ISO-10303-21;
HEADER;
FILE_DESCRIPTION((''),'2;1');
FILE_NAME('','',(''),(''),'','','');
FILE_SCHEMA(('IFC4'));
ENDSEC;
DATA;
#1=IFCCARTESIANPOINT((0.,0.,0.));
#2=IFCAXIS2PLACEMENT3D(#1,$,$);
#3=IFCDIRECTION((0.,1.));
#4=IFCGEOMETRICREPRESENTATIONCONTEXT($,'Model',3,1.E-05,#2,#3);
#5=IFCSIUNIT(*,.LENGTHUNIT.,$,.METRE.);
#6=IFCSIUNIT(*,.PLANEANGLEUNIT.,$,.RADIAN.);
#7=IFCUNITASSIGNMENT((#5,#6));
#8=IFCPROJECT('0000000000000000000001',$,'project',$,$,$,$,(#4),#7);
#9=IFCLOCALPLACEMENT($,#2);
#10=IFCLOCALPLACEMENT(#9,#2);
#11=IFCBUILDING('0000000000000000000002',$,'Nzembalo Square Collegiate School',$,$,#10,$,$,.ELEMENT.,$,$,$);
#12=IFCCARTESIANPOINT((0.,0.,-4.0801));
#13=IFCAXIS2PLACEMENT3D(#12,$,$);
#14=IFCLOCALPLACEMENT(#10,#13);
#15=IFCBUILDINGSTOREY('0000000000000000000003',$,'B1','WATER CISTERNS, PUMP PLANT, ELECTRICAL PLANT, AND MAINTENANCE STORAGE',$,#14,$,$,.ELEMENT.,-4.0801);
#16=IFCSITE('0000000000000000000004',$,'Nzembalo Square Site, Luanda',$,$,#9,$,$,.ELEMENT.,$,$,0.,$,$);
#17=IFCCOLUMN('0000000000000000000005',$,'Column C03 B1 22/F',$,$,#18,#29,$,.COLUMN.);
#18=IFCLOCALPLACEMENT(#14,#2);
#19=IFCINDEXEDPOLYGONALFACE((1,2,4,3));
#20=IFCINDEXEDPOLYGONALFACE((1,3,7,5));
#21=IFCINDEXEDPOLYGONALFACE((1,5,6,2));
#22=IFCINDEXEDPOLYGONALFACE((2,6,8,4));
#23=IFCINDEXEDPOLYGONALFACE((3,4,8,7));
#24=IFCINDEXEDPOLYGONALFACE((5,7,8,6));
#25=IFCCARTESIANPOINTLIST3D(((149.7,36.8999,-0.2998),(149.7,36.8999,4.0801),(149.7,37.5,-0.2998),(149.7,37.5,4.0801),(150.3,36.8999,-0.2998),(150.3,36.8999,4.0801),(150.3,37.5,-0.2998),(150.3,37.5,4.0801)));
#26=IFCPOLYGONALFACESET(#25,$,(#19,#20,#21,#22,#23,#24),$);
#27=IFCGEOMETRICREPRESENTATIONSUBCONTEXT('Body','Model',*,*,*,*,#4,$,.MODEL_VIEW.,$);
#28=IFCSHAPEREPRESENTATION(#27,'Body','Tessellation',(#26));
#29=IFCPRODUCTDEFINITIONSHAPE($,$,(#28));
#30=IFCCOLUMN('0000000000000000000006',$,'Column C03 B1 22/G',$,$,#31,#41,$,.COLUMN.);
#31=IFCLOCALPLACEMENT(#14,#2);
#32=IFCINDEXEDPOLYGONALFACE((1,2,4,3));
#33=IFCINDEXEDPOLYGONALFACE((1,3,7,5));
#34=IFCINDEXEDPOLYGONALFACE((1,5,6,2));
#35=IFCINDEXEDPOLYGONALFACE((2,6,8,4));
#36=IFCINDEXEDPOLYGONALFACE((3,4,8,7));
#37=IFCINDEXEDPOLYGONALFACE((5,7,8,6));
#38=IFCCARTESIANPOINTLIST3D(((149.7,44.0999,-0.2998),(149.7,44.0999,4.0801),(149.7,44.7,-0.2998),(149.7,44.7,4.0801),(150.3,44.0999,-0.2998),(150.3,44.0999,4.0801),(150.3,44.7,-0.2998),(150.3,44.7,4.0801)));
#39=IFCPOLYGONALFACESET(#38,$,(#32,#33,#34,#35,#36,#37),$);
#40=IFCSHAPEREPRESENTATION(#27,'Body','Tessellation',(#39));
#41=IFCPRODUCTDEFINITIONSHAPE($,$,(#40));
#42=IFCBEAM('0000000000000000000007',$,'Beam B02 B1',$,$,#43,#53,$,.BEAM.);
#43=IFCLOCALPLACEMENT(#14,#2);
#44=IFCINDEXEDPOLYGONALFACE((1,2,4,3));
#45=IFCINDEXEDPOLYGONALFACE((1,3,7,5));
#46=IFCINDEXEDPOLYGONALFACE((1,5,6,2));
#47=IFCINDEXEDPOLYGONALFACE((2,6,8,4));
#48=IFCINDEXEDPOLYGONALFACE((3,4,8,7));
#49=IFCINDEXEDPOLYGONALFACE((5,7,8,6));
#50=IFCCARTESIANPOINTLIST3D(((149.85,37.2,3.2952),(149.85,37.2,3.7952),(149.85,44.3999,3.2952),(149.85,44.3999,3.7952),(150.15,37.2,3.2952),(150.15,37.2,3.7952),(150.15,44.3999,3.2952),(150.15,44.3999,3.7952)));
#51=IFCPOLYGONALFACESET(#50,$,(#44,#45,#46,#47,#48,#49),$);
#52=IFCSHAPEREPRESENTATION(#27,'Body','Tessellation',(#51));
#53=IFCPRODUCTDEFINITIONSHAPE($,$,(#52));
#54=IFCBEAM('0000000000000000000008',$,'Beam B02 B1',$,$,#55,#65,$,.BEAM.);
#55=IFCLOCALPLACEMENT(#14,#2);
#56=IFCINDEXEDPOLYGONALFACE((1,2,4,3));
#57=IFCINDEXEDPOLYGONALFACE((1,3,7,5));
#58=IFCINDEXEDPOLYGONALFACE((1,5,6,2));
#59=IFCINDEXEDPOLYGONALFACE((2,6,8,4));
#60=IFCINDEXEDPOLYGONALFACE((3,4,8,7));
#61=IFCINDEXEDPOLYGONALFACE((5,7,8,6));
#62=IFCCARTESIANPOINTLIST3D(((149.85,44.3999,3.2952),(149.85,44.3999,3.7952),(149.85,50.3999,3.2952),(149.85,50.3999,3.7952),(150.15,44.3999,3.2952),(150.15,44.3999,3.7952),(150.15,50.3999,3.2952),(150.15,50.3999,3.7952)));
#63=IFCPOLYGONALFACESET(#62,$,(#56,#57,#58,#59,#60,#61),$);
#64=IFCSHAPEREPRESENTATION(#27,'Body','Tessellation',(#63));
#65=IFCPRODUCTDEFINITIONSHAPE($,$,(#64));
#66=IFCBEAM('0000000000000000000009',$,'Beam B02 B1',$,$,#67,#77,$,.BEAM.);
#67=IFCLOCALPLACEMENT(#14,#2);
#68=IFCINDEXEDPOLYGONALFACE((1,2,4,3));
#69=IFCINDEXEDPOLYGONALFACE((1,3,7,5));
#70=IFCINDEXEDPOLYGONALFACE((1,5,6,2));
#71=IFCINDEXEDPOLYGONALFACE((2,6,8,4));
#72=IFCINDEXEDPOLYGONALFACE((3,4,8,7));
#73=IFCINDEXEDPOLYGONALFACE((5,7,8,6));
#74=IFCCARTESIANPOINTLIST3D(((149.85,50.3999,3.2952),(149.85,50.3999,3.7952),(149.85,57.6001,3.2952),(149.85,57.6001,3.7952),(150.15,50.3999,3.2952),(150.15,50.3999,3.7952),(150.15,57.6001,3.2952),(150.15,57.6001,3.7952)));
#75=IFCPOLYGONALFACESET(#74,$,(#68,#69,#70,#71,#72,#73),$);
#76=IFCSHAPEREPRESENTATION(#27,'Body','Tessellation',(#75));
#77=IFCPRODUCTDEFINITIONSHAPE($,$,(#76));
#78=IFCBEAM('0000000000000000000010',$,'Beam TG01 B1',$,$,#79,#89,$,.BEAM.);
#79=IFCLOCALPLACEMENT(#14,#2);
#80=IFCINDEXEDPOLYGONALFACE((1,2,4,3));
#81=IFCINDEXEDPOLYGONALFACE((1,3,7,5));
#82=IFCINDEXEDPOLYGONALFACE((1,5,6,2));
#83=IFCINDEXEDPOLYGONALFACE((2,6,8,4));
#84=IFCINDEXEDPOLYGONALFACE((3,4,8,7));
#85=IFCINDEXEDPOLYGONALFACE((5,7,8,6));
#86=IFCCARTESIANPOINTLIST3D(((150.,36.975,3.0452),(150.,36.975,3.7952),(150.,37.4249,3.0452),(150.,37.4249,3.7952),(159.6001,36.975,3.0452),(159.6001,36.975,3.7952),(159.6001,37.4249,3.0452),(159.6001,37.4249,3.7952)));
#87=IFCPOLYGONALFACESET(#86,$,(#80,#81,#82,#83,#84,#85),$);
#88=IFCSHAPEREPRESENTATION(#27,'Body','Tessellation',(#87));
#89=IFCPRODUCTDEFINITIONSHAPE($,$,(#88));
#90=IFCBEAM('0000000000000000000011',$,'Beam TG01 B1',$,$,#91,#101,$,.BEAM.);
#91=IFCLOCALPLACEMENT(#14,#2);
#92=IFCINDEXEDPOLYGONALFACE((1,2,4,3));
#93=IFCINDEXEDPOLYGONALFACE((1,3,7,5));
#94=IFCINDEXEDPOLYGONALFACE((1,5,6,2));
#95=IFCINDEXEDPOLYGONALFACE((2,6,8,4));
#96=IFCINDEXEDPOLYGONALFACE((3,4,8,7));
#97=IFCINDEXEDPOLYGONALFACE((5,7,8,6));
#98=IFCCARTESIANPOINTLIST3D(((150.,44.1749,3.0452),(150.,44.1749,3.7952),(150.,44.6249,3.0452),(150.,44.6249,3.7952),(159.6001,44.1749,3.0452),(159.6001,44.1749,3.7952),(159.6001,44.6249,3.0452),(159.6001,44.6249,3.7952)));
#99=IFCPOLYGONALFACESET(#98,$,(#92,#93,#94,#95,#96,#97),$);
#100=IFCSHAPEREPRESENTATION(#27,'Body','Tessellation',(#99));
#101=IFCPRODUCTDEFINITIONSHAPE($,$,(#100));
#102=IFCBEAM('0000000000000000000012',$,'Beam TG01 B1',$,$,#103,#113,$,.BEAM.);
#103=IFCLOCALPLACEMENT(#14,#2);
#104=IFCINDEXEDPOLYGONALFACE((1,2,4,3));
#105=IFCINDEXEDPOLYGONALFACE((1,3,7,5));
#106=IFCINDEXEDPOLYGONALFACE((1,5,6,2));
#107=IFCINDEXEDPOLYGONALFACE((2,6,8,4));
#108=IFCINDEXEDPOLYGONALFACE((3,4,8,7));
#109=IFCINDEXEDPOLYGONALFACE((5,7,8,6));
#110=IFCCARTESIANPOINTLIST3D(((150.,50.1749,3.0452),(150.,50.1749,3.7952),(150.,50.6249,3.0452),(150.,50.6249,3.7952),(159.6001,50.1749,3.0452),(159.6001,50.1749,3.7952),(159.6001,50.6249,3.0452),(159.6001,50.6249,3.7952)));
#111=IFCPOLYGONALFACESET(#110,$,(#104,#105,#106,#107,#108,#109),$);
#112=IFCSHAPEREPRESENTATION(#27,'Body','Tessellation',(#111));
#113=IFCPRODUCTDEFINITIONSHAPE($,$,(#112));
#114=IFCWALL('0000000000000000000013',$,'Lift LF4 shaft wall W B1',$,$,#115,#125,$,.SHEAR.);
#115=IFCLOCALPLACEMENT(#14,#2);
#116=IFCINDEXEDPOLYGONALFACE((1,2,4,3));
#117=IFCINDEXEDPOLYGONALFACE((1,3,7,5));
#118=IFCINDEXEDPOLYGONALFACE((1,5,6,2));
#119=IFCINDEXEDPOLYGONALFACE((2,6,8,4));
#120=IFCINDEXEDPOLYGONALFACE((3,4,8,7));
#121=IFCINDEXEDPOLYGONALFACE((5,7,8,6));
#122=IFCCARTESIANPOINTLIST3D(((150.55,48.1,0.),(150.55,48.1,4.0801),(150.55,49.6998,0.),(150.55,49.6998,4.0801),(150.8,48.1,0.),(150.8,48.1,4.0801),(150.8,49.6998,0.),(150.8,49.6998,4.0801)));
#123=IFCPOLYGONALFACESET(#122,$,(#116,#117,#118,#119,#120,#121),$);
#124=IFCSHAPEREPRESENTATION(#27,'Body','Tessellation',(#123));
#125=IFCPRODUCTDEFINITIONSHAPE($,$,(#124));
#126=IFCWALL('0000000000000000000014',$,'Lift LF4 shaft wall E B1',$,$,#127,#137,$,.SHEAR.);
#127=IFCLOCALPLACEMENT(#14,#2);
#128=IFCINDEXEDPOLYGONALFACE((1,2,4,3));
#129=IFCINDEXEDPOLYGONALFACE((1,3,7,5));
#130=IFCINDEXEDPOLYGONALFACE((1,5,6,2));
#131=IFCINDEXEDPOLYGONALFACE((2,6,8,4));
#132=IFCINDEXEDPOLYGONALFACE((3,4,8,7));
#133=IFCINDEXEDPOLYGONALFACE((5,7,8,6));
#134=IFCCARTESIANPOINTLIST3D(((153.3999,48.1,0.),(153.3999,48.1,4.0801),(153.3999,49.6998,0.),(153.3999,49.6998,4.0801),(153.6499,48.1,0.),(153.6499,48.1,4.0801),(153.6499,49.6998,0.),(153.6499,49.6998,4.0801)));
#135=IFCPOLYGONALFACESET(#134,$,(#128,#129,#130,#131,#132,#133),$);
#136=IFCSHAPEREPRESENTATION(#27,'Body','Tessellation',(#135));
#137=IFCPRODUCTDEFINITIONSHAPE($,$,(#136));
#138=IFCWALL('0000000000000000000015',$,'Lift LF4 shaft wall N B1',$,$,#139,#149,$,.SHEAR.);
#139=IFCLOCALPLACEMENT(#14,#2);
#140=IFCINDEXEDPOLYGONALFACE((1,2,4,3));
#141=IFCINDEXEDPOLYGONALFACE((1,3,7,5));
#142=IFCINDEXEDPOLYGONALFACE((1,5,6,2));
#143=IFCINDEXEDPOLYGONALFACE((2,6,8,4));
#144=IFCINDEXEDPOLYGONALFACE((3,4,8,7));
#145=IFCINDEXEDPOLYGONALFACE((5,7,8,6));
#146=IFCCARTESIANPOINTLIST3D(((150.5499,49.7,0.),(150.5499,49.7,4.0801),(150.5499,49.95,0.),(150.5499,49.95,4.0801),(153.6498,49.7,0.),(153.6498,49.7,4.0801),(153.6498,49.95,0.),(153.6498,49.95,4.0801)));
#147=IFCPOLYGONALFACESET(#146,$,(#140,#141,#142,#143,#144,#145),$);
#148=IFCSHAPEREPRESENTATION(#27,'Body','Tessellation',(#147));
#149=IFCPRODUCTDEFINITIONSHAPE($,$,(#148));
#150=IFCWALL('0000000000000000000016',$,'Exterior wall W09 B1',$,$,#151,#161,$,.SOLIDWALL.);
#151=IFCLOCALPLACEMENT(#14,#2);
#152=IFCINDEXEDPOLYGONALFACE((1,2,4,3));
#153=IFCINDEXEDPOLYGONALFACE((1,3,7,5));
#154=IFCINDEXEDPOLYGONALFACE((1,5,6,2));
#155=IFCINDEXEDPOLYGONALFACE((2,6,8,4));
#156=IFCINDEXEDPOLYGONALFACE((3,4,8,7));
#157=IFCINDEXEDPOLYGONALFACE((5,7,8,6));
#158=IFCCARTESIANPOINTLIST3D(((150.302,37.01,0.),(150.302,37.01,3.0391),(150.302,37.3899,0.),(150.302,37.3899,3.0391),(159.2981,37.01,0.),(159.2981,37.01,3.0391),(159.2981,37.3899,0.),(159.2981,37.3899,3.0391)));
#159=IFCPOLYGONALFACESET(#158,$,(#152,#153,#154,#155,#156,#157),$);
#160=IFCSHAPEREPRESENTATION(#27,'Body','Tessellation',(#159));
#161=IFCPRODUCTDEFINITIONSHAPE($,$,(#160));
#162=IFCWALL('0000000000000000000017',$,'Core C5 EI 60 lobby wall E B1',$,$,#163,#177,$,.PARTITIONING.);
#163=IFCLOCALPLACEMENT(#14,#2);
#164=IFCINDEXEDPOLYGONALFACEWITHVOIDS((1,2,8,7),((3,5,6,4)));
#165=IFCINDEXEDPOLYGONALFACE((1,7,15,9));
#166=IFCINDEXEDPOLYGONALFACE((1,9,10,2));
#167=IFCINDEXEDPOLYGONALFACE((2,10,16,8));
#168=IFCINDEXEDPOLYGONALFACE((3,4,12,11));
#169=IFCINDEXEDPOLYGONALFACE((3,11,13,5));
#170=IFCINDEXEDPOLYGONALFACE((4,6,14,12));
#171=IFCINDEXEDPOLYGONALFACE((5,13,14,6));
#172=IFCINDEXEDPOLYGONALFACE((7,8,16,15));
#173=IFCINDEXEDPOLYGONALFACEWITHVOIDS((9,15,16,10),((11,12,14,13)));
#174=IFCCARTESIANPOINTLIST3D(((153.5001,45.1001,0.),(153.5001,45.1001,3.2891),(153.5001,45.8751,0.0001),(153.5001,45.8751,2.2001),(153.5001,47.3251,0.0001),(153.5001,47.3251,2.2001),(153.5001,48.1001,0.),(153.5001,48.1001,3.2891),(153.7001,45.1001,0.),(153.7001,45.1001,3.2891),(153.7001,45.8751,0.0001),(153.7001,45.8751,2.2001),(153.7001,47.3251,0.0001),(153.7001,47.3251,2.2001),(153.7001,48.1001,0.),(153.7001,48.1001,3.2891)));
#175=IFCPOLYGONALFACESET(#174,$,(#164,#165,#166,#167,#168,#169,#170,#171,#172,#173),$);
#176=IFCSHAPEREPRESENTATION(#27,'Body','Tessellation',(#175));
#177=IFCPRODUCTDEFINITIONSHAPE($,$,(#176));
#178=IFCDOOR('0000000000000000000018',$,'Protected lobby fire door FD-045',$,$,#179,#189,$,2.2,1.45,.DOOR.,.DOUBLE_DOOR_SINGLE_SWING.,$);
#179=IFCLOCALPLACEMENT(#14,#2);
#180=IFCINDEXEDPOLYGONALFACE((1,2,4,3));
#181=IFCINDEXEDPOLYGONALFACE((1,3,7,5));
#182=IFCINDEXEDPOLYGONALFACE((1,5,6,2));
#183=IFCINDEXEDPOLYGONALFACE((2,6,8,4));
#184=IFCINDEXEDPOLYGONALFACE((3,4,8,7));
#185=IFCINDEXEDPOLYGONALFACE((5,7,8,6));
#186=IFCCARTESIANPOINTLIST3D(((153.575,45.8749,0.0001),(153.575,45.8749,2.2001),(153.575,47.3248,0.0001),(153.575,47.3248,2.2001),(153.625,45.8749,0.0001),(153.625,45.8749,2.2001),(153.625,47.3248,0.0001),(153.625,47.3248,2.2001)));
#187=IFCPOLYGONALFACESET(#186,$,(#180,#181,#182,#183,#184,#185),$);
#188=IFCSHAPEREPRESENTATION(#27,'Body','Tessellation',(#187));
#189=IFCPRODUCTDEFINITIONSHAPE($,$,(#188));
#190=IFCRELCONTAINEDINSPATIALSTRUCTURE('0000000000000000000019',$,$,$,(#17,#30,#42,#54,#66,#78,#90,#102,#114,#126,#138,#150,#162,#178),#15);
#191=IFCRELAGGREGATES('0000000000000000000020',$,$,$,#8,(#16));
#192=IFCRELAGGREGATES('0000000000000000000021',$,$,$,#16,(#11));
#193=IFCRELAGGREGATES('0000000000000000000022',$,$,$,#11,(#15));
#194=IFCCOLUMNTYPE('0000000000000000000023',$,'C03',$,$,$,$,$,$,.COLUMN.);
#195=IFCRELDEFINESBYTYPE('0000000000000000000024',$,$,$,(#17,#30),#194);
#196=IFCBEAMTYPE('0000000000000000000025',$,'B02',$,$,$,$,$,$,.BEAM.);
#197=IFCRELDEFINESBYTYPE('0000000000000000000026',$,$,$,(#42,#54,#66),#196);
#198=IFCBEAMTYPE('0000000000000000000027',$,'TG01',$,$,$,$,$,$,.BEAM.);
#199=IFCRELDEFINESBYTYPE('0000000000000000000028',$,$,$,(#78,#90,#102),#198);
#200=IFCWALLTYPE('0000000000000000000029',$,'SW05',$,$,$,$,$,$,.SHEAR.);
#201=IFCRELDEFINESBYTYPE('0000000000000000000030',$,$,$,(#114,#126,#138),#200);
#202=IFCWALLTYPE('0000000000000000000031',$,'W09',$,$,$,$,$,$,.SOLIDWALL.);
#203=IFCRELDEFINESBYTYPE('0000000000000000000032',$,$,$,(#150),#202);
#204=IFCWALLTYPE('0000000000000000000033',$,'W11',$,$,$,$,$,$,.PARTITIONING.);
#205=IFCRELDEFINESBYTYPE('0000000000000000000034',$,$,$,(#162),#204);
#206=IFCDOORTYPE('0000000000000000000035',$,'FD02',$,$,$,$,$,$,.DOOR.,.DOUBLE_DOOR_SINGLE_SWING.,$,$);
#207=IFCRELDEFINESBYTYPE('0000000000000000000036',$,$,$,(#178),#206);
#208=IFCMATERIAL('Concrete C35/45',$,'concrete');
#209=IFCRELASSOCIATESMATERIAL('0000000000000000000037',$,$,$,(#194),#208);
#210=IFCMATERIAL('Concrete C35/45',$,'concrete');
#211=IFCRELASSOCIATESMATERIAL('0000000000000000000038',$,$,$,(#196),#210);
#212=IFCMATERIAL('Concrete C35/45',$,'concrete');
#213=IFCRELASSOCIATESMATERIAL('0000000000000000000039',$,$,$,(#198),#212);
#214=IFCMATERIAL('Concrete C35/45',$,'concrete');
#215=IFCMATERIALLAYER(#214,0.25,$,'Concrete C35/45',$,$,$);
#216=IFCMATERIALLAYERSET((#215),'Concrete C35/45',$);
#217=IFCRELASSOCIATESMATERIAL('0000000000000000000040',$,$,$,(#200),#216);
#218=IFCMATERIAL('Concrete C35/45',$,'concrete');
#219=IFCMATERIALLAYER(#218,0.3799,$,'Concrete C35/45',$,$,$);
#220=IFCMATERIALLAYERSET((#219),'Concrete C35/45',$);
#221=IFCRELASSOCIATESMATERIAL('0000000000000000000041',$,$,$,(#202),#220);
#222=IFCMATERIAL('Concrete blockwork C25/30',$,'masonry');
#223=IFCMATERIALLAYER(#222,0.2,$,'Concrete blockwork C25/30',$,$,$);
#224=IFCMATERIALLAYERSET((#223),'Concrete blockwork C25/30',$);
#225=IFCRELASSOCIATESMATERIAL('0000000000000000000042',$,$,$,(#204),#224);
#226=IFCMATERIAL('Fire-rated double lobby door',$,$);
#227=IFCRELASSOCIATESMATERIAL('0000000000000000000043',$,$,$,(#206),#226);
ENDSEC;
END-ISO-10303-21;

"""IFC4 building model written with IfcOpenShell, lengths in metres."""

from ifc_helpers import new_model, si_unit, direction, frame, frame_2d, origin, origin_2d, place, context, subcontext, project, spatial, rectangle, extrude, material, layer, layer_set, material_profile, profile_set, type_object, element, fill, save


model = new_model("IFC4")

# Units and contexts
model_context = context("Model", 3, precision=1e-05, world=origin(), true_north=direction((0.0, 1.0)))
body_context = subcontext(model_context, "Body", "Model", "MODEL_VIEW")
ifc_project = project(units=[si_unit("LENGTHUNIT", "METRE"), si_unit("PLANEANGLEUNIT", "RADIAN")], contexts=[model_context])

# Site, building, storey
site_placement = place(None, origin())
site = spatial("IfcSite", under=ifc_project, at=site_placement, Name="Nzembalo Square Site, Luanda", CompositionType="ELEMENT", RefElevation=0.0)
building_placement = place(site_placement, origin())
building = spatial("IfcBuilding", under=site, at=building_placement, Name="Nzembalo Square Collegiate School", CompositionType="ELEMENT")
storey_placement = place(building_placement, frame((0.0, 0.0, -4.0801)))
storey = spatial("IfcBuildingStorey", under=building, at=storey_placement, Name="B1", Description="WATER CISTERNS, PUMP PLANT, ELECTRICAL PLANT, AND MAINTENANCE STORAGE", CompositionType="ELEMENT", Elevation=-4.0801)

# Columns
ifc_material_1 = material(Name="Concrete C35/45", Category="concrete")
ifc_material_profile_1 = material_profile(ifc_material_1, rectangle(XDim=0.6001, YDim=0.6001, at=origin_2d()), Name="RC 600x600")
ifc_profile_set_1 = profile_set([ifc_material_profile_1], Name="Concrete C35/45")
column_type_1 = type_object("IfcColumnType", Name="C03", PredefinedType="COLUMN", material=ifc_profile_set_1)
for number, where, z_axis, x_axis, name in (
    (1, (150.0, 37.2, -0.2998), (0.0, 0.0, 1.0), (1.0, 0.0, 0.0), "Column C03 B1 22/F"),
    (2, (150.0, 44.3999, -0.2998), (0.0, 0.0, 1.0), (1.0, 0.0, 0.0), "Column C03 B1 22/G"),
):
    element("IfcColumn", number, at=place(storey_placement, frame(where, z_axis=z_axis, x_axis=x_axis)), inside=storey, type_object=column_type_1, Name=name, PredefinedType="COLUMN", context=body_context, shape_type="SweptSolid", body=[
        extrude(rectangle(XDim=0.6001, YDim=0.6001, at=origin_2d()), origin(), (0.0, 0.0, 1.0), 4.3799),
    ])

# Beams
ifc_material_2 = material(Name="Concrete C35/45", Category="concrete")
ifc_material_profile_2 = material_profile(ifc_material_2, rectangle(XDim=0.3, YDim=0.5, at=origin_2d()), Name="RC 300x500")
ifc_profile_set_2 = profile_set([ifc_material_profile_2], Name="Concrete C35/45")
beam_type_1 = type_object("IfcBeamType", Name="B02", PredefinedType="BEAM", material=ifc_profile_set_2)
beam_1_placement = place(storey_placement, frame((150.0, 37.2, 3.5452), z_axis=(0.0, 1.0, 0.0), x_axis=(-1.0, 0.0, 0.0)))
element("IfcBeam", 3, at=beam_1_placement, inside=storey, type_object=beam_type_1, Name="Beam B02 B1", PredefinedType="BEAM", context=body_context, shape_type="SweptSolid", body=[
    extrude(rectangle(XDim=0.3, YDim=0.5, at=origin_2d()), origin(), (0.0, 0.0, 1.0), 7.2),
])
beam_2_placement = place(storey_placement, frame((150.0, 44.3999, 3.5452), z_axis=(0.0, 1.0, 0.0), x_axis=(-1.0, 0.0, 0.0)))
element("IfcBeam", 4, at=beam_2_placement, inside=storey, type_object=beam_type_1, Name="Beam B02 B1", PredefinedType="BEAM", context=body_context, shape_type="SweptSolid", body=[
    extrude(rectangle(XDim=0.3, YDim=0.5, at=origin_2d()), origin(), (0.0, 0.0, 1.0), 6.0),
])
beam_3_placement = place(storey_placement, frame((150.0, 50.3999, 3.5452), z_axis=(0.0, 1.0, 0.0), x_axis=(-1.0, 0.0, 0.0)))
element("IfcBeam", 5, at=beam_3_placement, inside=storey, type_object=beam_type_1, Name="Beam B02 B1", PredefinedType="BEAM", context=body_context, shape_type="SweptSolid", body=[
    extrude(rectangle(XDim=0.3, YDim=0.5, at=origin_2d()), origin(), (0.0, 0.0, 1.0), 7.2002),
])
ifc_material_3 = material(Name="Concrete C35/45", Category="concrete")
ifc_material_profile_3 = material_profile(ifc_material_3, rectangle(XDim=0.45, YDim=0.75, at=origin_2d()), Name="RC 450x750")
ifc_profile_set_3 = profile_set([ifc_material_profile_3], Name="Concrete C35/45")
beam_type_2 = type_object("IfcBeamType", Name="TG01", PredefinedType="BEAM", material=ifc_profile_set_3)
for number, where, z_axis, x_axis, name in (
    (6, (150.0, 37.2, 3.4202), (1.0, 0.0, 0.0), (0.0, 1.0, 0.0), "Beam TG01 B1"),
    (7, (150.0, 44.3999, 3.4202), (1.0, 0.0, 0.0), (0.0, 1.0, 0.0), "Beam TG01 B1"),
    (8, (150.0, 50.3999, 3.4202), (1.0, 0.0, 0.0), (0.0, 1.0, 0.0), "Beam TG01 B1"),
):
    element("IfcBeam", number, at=place(storey_placement, frame(where, z_axis=z_axis, x_axis=x_axis)), inside=storey, type_object=beam_type_2, Name=name, PredefinedType="BEAM", context=body_context, shape_type="SweptSolid", body=[
        extrude(rectangle(XDim=0.45, YDim=0.75, at=origin_2d()), origin(), (0.0, 0.0, 1.0), 9.6001),
    ])

# Walls
ifc_material_4 = material(Name="Concrete C35/45", Category="concrete")
ifc_layer_1 = layer(ifc_material_4, 0.25, Name="Concrete C35/45")
ifc_layer_set_1 = layer_set([ifc_layer_1], Name="Concrete C35/45")
wall_type_1 = type_object("IfcWallType", Name="SW05", PredefinedType="SHEAR", material=ifc_layer_set_1)
for number, where, z_axis, x_axis, name in (
    (9, (150.675, 48.1001, 0.0), (0.0, 0.0, 1.0), (0.0, 1.0, 0.0), "Lift LF4 shaft wall W B1"),
    (10, (153.5249, 48.1001, 0.0), (0.0, 0.0, 1.0), (0.0, 1.0, 0.0), "Lift LF4 shaft wall E B1"),
):
    element("IfcWall", number, at=place(storey_placement, frame(where, z_axis=z_axis, x_axis=x_axis)), inside=storey, type_object=wall_type_1, Name=name, PredefinedType="SHEAR", context=body_context, shape_type="SweptSolid", body=[
        extrude(rectangle(XDim=1.5999, YDim=0.25, at=frame_2d((0.7998, 0.0))), origin(), (0.0, 0.0, 1.0), 4.0801),
    ])
wall_1_placement = place(storey_placement, frame((150.55, 49.825, 0.0), z_axis=(0.0, 0.0, 1.0), x_axis=(1.0, 0.0, 0.0)))
element("IfcWall", 11, at=wall_1_placement, inside=storey, type_object=wall_type_1, Name="Lift LF4 shaft wall N B1", PredefinedType="SHEAR", context=body_context, shape_type="SweptSolid", body=[
    extrude(rectangle(XDim=3.0999, YDim=0.25, at=frame_2d((1.5498, 0.0))), origin(), (0.0, 0.0, 1.0), 4.0801),
])

# Wall
ifc_material_5 = material(Name="Concrete C35/45", Category="concrete")
ifc_layer_2 = layer(ifc_material_5, 0.3799, Name="Concrete C35/45")
ifc_layer_set_2 = layer_set([ifc_layer_2], Name="Concrete C35/45")
wall_type_2 = type_object("IfcWallType", Name="W09", PredefinedType="SOLIDWALL", material=ifc_layer_set_2)
wall_2_placement = place(storey_placement, frame((150.302, 37.2, 0.0), z_axis=(0.0, 0.0, 1.0), x_axis=(1.0, 0.0, 0.0)))
element("IfcWall", 12, at=wall_2_placement, inside=storey, type_object=wall_type_2, Name="Exterior wall W09 B1", PredefinedType="SOLIDWALL", context=body_context, shape_type="SweptSolid", body=[
    extrude(rectangle(XDim=8.9961, YDim=0.3799, at=frame_2d((4.498, 0.0))), origin(), (0.0, 0.0, 1.0), 3.0391),
])

# Wall, opening, door
ifc_material_6 = material(Name="Concrete blockwork C25/30", Category="masonry")
ifc_layer_3 = layer(ifc_material_6, 0.2, Name="Concrete blockwork C25/30")
ifc_layer_set_3 = layer_set([ifc_layer_3], Name="Concrete blockwork C25/30")
wall_type_3 = type_object("IfcWallType", Name="W11", PredefinedType="PARTITIONING", material=ifc_layer_set_3)
wall_3_placement = place(storey_placement, frame((153.6001, 45.1001, 0.0), z_axis=(0.0, 0.0, 1.0), x_axis=(0.0, 1.0, 0.0)))
wall_3 = element("IfcWall", 13, at=wall_3_placement, inside=storey, type_object=wall_type_3, Name="Core C5 EI 60 lobby wall E B1", PredefinedType="PARTITIONING", context=body_context, shape_type="SweptSolid", body=[
    extrude(rectangle(XDim=3.0, YDim=0.2, at=frame_2d((1.5, 0.0))), origin(), (0.0, 0.0, 1.0), 3.2891),
])
opening_1_placement = place(wall_3_placement, frame((0.7749, 0.0, 0.0)))
opening_1 = element("IfcOpeningElement", 14, at=opening_1_placement, cuts=wall_3, PredefinedType="OPENING", context=body_context, shape_type="SweptSolid", body=[
    extrude(rectangle(XDim=1.45, YDim=2.2, at=frame_2d((0.7251, 1.1001))), frame((0.0, 0.1099, 0.0), z_axis=(0.0, -1.0, 0.0), x_axis=(1.0, 0.0, 0.0)), (0.0, 0.0, 1.0), 0.22),
])
ifc_material_7 = material(Name="Fire-rated double lobby door")
door_type_1 = type_object("IfcDoorType", Name="FD02", OperationType="DOUBLE_DOOR_SINGLE_SWING", PredefinedType="DOOR", material=ifc_material_7)
door_1_placement = place(opening_1_placement, frame((1.45, 0.0, 0.0), z_axis=(0.0, 0.0, 1.0), x_axis=(-1.0, 0.0, 0.0)))
door_1 = element("IfcDoor", 15, at=door_1_placement, inside=storey, type_object=door_type_1, Name="Protected lobby fire door FD-045", OperationType="DOUBLE_DOOR_SINGLE_SWING", OverallHeight=2.2, OverallWidth=1.45, PredefinedType="DOOR", context=body_context, shape_type="SweptSolid", body=[
    extrude(rectangle(XDim=1.45, YDim=2.2, at=frame_2d((0.7251, 1.1001))), frame((0.0, 0.0249, 0.0), z_axis=(0.0, -1.0, 0.0), x_axis=(1.0, 0.0, 0.0)), (0.0, 0.0, 1.0), 0.05),
])
fill(opening_1, door_1)

save(model, "model.ifc")
